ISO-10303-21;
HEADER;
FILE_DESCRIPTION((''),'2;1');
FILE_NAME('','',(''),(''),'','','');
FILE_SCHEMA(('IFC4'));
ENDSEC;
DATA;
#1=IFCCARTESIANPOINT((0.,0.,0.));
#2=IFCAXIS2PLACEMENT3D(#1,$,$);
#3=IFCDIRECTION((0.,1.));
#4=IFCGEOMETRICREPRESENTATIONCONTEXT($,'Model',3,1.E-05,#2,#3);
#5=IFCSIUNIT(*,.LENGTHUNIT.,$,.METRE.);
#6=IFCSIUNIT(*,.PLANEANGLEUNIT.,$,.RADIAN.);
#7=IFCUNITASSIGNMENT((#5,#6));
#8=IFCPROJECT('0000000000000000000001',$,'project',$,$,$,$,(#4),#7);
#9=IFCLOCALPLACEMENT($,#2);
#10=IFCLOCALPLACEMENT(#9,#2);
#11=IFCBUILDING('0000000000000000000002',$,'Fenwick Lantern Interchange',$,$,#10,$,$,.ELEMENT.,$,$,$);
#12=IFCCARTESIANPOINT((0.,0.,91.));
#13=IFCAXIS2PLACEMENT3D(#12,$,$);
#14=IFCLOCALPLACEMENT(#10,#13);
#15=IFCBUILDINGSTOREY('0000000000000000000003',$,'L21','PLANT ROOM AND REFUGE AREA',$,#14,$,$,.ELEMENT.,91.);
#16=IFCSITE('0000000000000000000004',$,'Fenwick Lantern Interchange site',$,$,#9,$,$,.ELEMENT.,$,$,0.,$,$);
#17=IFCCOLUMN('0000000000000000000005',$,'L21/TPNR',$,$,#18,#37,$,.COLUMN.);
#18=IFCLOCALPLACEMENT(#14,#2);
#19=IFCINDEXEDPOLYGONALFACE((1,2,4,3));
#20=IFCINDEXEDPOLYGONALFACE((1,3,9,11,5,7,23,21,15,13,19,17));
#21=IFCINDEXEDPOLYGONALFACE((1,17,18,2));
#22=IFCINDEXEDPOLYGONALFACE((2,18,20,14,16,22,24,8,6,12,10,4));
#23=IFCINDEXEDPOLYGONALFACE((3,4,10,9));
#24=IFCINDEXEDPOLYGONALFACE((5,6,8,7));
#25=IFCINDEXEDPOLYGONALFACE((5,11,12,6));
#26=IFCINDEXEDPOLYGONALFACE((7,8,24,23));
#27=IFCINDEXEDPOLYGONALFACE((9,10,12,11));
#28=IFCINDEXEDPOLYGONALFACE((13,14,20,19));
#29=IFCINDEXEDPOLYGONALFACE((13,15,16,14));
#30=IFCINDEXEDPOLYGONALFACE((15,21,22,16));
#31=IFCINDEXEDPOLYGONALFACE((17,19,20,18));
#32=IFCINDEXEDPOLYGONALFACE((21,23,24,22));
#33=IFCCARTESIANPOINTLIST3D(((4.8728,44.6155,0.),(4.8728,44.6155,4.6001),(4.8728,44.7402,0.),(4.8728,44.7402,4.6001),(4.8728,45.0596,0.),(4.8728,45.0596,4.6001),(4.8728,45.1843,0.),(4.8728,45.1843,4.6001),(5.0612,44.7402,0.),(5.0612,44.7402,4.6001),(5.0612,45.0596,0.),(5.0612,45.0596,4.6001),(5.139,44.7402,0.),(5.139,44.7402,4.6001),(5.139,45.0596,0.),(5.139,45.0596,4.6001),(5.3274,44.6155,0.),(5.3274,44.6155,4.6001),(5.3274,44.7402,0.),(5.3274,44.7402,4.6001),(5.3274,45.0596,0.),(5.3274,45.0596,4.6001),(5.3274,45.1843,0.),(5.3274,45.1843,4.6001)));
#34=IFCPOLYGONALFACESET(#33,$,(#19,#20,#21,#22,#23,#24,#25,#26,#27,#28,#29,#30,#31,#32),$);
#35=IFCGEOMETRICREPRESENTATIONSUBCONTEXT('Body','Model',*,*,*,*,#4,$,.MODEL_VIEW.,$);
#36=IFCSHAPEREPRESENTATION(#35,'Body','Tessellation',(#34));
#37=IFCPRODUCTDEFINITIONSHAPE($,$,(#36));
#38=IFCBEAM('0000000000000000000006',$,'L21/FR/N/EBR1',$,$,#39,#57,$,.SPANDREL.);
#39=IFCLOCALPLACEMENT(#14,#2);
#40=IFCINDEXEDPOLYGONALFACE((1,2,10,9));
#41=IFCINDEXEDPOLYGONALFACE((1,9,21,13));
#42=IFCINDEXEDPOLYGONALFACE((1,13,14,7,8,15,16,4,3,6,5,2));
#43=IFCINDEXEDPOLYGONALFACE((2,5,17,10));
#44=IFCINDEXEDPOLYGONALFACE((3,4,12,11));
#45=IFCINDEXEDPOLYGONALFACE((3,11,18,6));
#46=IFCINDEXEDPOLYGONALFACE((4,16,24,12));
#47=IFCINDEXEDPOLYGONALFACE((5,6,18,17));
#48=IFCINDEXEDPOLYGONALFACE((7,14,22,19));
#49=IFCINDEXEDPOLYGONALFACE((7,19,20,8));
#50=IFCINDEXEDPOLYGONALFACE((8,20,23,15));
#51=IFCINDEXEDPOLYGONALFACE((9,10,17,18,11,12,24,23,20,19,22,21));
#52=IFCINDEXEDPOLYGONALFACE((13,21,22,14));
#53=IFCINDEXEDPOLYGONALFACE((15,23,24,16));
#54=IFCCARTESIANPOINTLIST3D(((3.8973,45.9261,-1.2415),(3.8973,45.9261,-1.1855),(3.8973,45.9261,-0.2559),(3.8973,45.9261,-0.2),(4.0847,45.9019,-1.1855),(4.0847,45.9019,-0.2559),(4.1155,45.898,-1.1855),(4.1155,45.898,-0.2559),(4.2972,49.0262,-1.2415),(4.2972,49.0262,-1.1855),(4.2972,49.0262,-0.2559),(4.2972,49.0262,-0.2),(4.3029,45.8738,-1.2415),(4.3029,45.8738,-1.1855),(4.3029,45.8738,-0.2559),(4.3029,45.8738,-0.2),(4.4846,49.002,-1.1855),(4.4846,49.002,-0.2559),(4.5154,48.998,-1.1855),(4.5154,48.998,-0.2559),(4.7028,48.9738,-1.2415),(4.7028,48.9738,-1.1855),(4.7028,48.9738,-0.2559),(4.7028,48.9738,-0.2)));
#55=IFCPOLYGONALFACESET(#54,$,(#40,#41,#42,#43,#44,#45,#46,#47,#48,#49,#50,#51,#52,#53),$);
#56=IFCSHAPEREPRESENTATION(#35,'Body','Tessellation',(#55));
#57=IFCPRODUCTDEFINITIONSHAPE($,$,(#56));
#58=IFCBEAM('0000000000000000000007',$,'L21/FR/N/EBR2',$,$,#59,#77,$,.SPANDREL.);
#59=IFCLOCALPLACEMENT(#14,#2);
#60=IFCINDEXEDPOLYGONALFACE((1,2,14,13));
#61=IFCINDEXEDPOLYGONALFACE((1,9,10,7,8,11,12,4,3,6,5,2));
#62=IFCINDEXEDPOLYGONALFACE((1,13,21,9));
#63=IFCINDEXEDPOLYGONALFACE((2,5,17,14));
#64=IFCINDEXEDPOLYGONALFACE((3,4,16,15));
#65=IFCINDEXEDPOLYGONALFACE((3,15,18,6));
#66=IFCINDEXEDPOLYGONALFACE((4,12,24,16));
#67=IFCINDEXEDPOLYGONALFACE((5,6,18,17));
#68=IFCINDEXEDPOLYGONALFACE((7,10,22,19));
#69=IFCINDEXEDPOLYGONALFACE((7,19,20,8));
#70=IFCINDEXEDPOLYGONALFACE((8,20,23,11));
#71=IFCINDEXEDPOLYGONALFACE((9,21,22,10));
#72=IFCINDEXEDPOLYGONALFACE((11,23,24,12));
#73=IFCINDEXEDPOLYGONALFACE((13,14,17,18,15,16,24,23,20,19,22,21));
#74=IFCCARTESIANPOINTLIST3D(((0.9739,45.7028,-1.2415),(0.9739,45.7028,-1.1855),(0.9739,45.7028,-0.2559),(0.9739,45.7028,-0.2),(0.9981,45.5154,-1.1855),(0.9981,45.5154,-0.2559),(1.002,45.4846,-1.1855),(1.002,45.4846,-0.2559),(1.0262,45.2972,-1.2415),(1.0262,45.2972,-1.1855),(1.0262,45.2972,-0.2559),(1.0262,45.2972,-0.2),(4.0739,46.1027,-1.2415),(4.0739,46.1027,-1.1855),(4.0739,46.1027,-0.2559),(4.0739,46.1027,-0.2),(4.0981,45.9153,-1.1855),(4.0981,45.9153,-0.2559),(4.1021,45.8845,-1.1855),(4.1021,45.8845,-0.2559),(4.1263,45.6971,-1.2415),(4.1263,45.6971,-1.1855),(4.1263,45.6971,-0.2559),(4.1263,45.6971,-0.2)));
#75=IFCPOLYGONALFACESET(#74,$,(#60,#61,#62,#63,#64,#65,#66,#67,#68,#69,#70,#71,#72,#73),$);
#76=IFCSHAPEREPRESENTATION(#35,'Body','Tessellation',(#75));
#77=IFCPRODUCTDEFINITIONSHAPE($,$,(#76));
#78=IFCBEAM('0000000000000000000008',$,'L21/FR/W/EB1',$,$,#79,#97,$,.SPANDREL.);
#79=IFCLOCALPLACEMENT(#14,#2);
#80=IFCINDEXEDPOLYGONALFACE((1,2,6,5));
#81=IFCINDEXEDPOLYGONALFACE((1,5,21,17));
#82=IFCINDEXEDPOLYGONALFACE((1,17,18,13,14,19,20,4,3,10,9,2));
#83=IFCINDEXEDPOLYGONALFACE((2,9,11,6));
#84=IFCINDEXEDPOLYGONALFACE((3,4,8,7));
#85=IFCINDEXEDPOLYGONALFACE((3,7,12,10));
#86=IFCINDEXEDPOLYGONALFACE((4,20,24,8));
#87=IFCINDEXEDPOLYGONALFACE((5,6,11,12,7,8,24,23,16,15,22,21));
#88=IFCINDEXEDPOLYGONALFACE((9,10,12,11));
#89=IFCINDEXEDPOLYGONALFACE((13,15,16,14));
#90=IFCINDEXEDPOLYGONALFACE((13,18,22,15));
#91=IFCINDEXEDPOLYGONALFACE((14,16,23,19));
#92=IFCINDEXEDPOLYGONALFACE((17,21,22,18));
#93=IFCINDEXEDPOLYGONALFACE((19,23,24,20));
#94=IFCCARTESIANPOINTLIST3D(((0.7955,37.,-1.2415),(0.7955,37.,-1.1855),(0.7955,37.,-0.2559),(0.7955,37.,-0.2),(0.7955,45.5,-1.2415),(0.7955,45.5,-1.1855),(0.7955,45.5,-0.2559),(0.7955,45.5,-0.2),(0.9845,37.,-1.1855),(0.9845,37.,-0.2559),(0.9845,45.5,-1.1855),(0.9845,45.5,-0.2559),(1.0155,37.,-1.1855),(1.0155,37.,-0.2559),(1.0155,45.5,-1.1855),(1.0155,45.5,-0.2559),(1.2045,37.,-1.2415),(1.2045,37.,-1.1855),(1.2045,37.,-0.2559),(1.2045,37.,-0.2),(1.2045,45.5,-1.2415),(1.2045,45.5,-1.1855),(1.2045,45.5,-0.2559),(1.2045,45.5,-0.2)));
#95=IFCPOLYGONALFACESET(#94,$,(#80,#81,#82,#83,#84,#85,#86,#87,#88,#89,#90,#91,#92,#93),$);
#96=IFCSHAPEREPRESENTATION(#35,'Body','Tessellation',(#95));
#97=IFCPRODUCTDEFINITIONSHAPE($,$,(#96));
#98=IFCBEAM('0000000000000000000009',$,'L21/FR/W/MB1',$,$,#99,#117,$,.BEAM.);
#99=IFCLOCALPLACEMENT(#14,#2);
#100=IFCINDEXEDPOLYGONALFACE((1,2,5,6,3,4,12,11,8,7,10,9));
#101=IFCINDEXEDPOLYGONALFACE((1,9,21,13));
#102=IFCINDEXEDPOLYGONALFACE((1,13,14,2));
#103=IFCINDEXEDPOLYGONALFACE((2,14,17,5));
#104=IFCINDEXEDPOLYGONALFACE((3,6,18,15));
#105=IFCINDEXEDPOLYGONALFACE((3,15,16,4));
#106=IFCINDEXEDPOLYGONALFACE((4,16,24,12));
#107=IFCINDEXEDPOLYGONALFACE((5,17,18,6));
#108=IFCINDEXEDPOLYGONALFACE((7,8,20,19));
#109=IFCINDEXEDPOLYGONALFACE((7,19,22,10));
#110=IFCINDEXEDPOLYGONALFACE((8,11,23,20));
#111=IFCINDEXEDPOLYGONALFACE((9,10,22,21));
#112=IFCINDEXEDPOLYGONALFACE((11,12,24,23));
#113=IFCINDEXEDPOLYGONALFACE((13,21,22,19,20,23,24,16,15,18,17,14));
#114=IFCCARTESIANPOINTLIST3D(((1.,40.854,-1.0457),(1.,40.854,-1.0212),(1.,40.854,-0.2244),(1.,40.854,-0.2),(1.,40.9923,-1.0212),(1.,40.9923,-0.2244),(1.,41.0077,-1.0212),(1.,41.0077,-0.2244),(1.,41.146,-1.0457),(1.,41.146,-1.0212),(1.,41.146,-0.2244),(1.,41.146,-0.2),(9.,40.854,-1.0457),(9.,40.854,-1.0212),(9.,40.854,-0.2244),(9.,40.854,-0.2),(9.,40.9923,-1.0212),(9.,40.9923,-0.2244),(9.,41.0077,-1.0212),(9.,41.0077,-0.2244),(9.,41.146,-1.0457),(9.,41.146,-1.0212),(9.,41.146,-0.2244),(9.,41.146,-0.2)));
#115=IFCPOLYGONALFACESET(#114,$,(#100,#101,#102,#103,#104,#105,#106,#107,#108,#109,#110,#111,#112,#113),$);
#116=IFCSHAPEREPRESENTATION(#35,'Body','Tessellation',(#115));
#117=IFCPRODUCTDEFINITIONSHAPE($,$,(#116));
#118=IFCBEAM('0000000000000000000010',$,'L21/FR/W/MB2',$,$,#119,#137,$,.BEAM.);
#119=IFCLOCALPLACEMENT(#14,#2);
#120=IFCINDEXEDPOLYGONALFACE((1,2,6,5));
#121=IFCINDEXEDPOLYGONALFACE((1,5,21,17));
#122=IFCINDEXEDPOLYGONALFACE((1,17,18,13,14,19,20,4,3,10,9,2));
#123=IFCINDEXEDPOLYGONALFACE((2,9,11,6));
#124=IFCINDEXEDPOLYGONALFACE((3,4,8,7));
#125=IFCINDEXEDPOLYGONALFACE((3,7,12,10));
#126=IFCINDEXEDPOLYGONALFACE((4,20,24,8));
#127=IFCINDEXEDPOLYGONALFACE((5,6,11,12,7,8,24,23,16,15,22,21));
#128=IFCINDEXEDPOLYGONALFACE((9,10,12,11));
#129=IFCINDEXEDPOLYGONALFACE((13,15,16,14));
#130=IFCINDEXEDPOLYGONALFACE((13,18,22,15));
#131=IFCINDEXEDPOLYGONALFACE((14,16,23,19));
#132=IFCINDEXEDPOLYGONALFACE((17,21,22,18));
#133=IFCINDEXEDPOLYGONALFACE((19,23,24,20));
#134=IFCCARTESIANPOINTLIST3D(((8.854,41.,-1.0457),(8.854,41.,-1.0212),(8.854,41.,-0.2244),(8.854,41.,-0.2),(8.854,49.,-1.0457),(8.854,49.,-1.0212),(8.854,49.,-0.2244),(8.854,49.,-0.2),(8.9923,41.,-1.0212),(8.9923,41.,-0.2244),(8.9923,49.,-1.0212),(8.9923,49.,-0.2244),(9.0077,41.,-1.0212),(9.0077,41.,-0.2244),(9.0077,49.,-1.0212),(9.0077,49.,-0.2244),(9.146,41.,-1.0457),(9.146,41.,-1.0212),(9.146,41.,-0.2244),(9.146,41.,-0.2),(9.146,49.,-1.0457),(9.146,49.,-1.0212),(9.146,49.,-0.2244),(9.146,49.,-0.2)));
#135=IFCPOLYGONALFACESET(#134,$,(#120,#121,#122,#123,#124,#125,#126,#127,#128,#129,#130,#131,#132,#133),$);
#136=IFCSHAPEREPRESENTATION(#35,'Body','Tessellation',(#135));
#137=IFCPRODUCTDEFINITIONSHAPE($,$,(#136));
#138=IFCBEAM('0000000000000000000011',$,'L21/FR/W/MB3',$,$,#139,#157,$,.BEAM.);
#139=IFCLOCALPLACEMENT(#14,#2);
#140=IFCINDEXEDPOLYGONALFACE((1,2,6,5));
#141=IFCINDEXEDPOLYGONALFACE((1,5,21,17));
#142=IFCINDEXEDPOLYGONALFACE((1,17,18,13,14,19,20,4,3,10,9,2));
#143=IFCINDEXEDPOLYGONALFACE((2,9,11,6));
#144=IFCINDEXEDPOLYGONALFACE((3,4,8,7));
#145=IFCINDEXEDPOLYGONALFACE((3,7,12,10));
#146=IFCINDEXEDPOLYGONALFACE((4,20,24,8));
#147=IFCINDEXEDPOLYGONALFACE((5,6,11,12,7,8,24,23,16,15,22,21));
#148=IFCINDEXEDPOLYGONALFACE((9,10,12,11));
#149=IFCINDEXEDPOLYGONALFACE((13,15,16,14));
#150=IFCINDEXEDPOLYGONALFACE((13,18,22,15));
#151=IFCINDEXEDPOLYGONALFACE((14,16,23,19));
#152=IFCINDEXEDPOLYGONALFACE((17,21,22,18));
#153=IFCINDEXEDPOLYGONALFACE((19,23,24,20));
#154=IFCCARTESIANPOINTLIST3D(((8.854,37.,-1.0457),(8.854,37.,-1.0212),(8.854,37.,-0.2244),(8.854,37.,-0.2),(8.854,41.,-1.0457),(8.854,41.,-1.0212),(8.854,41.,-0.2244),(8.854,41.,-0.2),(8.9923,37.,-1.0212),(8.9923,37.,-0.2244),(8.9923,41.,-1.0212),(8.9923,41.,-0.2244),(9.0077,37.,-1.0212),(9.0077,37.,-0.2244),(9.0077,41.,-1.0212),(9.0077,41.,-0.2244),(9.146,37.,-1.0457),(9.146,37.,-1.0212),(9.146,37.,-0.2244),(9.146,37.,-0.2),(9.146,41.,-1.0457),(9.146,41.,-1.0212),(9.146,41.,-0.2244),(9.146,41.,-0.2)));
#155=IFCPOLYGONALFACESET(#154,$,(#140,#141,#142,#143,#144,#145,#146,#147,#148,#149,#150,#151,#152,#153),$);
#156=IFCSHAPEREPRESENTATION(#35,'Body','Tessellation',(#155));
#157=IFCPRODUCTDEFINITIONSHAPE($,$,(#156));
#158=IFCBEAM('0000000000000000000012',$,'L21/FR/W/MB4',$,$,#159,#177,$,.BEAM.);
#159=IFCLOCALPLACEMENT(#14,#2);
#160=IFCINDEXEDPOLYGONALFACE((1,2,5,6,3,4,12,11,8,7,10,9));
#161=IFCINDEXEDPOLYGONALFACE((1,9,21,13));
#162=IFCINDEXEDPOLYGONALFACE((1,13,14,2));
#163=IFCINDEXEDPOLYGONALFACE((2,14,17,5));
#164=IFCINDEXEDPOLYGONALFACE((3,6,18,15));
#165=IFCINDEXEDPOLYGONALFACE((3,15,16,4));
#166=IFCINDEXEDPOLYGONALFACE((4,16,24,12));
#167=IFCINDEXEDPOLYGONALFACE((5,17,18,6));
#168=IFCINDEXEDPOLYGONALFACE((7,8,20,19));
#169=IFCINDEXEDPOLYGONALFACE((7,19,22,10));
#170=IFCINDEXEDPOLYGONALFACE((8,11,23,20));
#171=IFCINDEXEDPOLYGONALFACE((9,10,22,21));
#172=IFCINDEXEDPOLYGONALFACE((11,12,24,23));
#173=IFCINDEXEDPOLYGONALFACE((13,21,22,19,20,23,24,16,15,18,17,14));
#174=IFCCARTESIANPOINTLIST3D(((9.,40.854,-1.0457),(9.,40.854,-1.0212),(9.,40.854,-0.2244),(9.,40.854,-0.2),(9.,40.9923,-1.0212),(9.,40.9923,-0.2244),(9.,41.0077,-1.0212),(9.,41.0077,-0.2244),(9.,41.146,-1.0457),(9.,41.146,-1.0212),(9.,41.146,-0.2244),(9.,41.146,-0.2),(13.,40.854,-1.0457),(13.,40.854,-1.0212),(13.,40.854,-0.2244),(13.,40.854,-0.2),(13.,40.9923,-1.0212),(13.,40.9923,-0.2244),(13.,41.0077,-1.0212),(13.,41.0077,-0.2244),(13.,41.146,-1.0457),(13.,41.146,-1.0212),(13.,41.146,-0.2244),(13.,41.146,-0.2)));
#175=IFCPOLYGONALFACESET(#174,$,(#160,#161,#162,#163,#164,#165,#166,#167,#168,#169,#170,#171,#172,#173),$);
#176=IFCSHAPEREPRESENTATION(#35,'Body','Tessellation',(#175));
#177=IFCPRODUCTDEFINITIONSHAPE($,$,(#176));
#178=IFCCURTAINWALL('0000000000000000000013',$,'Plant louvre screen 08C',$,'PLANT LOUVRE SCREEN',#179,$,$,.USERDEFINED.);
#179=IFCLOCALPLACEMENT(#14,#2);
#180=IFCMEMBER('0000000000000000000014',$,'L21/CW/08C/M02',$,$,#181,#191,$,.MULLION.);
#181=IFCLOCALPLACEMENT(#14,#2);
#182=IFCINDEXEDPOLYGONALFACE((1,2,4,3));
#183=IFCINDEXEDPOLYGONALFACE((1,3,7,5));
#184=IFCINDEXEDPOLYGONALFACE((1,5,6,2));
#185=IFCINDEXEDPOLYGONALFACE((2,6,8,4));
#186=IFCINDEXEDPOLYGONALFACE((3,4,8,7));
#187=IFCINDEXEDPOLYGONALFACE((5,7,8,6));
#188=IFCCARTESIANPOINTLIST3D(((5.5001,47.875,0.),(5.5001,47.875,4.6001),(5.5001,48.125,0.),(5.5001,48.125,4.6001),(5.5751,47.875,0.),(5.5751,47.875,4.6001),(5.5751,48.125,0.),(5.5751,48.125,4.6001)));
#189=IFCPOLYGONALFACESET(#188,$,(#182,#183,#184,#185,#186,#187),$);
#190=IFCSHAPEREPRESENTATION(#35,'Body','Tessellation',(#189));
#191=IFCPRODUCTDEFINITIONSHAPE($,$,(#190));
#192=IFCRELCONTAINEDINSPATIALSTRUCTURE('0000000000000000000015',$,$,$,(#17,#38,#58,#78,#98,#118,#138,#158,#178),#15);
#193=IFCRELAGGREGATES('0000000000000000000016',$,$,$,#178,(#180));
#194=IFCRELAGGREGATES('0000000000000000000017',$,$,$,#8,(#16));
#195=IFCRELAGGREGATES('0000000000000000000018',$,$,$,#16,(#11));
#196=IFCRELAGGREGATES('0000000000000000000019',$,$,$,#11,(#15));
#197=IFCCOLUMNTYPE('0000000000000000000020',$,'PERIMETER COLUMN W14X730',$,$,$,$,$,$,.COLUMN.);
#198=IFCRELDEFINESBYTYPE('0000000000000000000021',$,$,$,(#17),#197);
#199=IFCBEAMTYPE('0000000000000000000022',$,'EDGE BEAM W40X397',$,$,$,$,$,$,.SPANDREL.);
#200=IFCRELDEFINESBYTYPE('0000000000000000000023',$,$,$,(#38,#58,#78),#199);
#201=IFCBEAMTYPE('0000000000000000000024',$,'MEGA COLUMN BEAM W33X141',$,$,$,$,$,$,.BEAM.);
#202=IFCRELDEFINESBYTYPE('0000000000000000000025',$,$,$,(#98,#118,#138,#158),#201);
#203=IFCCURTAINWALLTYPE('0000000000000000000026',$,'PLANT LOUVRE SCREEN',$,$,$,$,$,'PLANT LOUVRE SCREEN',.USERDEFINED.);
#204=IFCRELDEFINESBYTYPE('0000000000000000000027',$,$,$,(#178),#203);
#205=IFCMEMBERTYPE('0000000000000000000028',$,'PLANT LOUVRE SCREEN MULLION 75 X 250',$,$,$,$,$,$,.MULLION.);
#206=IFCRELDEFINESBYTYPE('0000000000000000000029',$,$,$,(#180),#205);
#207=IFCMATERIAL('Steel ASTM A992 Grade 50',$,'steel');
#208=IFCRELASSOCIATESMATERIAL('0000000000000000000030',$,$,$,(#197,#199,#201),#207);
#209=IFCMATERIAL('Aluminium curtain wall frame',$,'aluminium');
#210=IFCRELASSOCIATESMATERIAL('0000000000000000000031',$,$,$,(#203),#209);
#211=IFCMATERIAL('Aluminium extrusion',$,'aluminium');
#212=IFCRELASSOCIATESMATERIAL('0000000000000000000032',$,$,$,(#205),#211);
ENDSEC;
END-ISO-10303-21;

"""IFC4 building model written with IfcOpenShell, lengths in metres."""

from ifc_helpers import new_model, si_unit, direction, frame, origin, origin_2d, place, context, subcontext, project, spatial, rectangle, i_section, extrude, material, material_profile, profile_set, type_object, element, aggregate, save


model = new_model("IFC4")

# Units and contexts
model_context = context("Model", 3, precision=1e-05, world=origin(), true_north=direction((0.0, 1.0)))
body_context = subcontext(model_context, "Body", "Model", "MODEL_VIEW")
ifc_project = project(units=[si_unit("LENGTHUNIT", "METRE"), si_unit("PLANEANGLEUNIT", "RADIAN")], contexts=[model_context])

# Site, building, storey
site_placement = place(None, origin())
site = spatial("IfcSite", under=ifc_project, at=site_placement, Name="Fenwick Lantern Interchange site", CompositionType="ELEMENT", RefElevation=0.0)
building_placement = place(site_placement, origin())
building = spatial("IfcBuilding", under=site, at=building_placement, Name="Fenwick Lantern Interchange", CompositionType="ELEMENT")
storey_placement = place(building_placement, frame((0.0, 0.0, 91.0)))
storey = spatial("IfcBuildingStorey", under=building, at=storey_placement, Name="L21", Description="PLANT ROOM AND REFUGE AREA", CompositionType="ELEMENT", Elevation=91.0)

# Column
ifc_material_1 = material(Name="Steel ASTM A992 Grade 50", Category="steel")
ifc_material_profile_1 = material_profile(ifc_material_1, i_section(OverallWidth=0.4546, OverallDepth=0.5688, WebThickness=0.0779, FlangeThickness=0.1248, at=origin_2d()), Name="W14X730")
ifc_profile_set_1 = profile_set([ifc_material_profile_1], Name="Steel ASTM A992 Grade 50")
column_type = type_object("IfcColumnType", Name="PERIMETER COLUMN W14X730", PredefinedType="COLUMN", material=ifc_profile_set_1)
column_placement = place(storey_placement, frame((5.1001, 44.8999, 0.0), z_axis=(0.0, 0.0, 1.0), x_axis=(1.0, 0.0, 0.0)))
element("IfcColumn", 1, at=column_placement, inside=storey, type_object=column_type, Name="L21/TPNR", PredefinedType="COLUMN", context=body_context, shape_type="SweptSolid", body=[
    extrude(i_section(OverallWidth=0.4546, OverallDepth=0.5688, WebThickness=0.0779, FlangeThickness=0.1248, at=origin_2d()), origin(), (0.0, 0.0, 1.0), 4.6001),
])

# Beams
ifc_material_profile_2 = material_profile(ifc_material_1, i_section(OverallWidth=0.4089, OverallDepth=1.0415, WebThickness=0.031, FlangeThickness=0.0559, at=origin_2d()), Name="W40X397")
ifc_profile_set_2 = profile_set([ifc_material_profile_2], Name="Steel ASTM A992 Grade 50")
beam_type_1 = type_object("IfcBeamType", Name="EDGE BEAM W40X397", PredefinedType="SPANDREL", material=ifc_profile_set_2)
for number, where, z_axis, x_axis, name in (
    (2, (4.5, 49.0, -0.7207), (-0.127937, -0.991782, 0.0), (0.991782, -0.127937, 0.0), "L21/FR/N/EBR1"),
    (3, (4.1001, 45.8999, -0.7207), (-0.991782, -0.127937, 0.0), (0.127937, -0.991782, 0.0), "L21/FR/N/EBR2"),
):
    element("IfcBeam", number, at=place(storey_placement, frame(where, z_axis=z_axis, x_axis=x_axis)), inside=storey, type_object=beam_type_1, Name=name, PredefinedType="SPANDREL", context=body_context, shape_type="SweptSolid", body=[
        extrude(i_section(OverallWidth=0.4089, OverallDepth=1.0415, WebThickness=0.031, FlangeThickness=0.0559, at=origin_2d()), origin(), (0.0, 0.0, 1.0), 3.1257),
    ])
beam_placement = place(storey_placement, frame((1.0, 45.5, -0.7207), z_axis=(0.0, -1.0, 0.0), x_axis=(1.0, 0.0, 0.0)))
element("IfcBeam", 4, at=beam_placement, inside=storey, type_object=beam_type_1, Name="L21/FR/W/EB1", PredefinedType="SPANDREL", context=body_context, shape_type="SweptSolid", body=[
    extrude(i_section(OverallWidth=0.4089, OverallDepth=1.0415, WebThickness=0.031, FlangeThickness=0.0559, at=origin_2d()), origin(), (0.0, 0.0, 1.0), 8.5),
])
ifc_material_profile_3 = material_profile(ifc_material_1, i_section(OverallWidth=0.292, OverallDepth=0.8457, WebThickness=0.0154, FlangeThickness=0.0244, at=origin_2d()), Name="W33X141")
ifc_profile_set_3 = profile_set([ifc_material_profile_3], Name="Steel ASTM A992 Grade 50")
beam_type_2 = type_object("IfcBeamType", Name="MEGA COLUMN BEAM W33X141", PredefinedType="BEAM", material=ifc_profile_set_3)
for number, where, z_axis, x_axis, name in (
    (5, (9.0, 41.0, -0.6228), (-1.0, 0.0, 0.0), (0.0, -1.0, 0.0), "L21/FR/W/MB1"),
    (6, (9.0, 41.0, -0.6228), (0.0, 1.0, 0.0), (-1.0, 0.0, 0.0), "L21/FR/W/MB2"),
):
    element("IfcBeam", number, at=place(storey_placement, frame(where, z_axis=z_axis, x_axis=x_axis)), inside=storey, type_object=beam_type_2, Name=name, PredefinedType="BEAM", context=body_context, shape_type="SweptSolid", body=[
        extrude(i_section(OverallWidth=0.292, OverallDepth=0.8457, WebThickness=0.0154, FlangeThickness=0.0244, at=origin_2d()), origin(), (0.0, 0.0, 1.0), 8.0),
    ])
for number, where, z_axis, x_axis, name in (
    (7, (9.0, 41.0, -0.6228), (0.0, -1.0, 0.0), (1.0, 0.0, 0.0), "L21/FR/W/MB3"),
    (8, (9.0, 41.0, -0.6228), (1.0, 0.0, 0.0), (0.0, 1.0, 0.0), "L21/FR/W/MB4"),
):
    element("IfcBeam", number, at=place(storey_placement, frame(where, z_axis=z_axis, x_axis=x_axis)), inside=storey, type_object=beam_type_2, Name=name, PredefinedType="BEAM", context=body_context, shape_type="SweptSolid", body=[
        extrude(i_section(OverallWidth=0.292, OverallDepth=0.8457, WebThickness=0.0154, FlangeThickness=0.0244, at=origin_2d()), origin(), (0.0, 0.0, 1.0), 4.0),
    ])

# Curtain wall, member
ifc_material_2 = material(Name="Aluminium curtain wall frame", Category="aluminium")
curtain_wall_type = type_object("IfcCurtainWallType", Name="PLANT LOUVRE SCREEN", ElementType="PLANT LOUVRE SCREEN", PredefinedType="USERDEFINED", material=ifc_material_2)
curtain_wall_1_placement = place(storey_placement, origin())
curtain_wall_1 = element("IfcCurtainWall", 9, at=curtain_wall_1_placement, inside=storey, type_object=curtain_wall_type, Name="Plant louvre screen 08C", ObjectType="PLANT LOUVRE SCREEN", PredefinedType="USERDEFINED")
ifc_material_3 = material(Name="Aluminium extrusion", Category="aluminium")
ifc_material_profile_4 = material_profile(ifc_material_3, rectangle(XDim=0.25, YDim=0.075, at=origin_2d()), Name="PLANT LOUVRE SCREEN MULLION 75 X 250")
ifc_profile_set_4 = profile_set([ifc_material_profile_4], Name="Aluminium extrusion")
member_type_1 = type_object("IfcMemberType", Name="PLANT LOUVRE SCREEN MULLION 75 X 250", PredefinedType="MULLION", material=ifc_profile_set_4)
member_1_placement = place(storey_placement, frame((5.5376, 48.0, 0.0), z_axis=(0.0, 0.0, 1.0), x_axis=(0.0, -1.0, 0.0)))
member_1 = element("IfcMember", 10, at=member_1_placement, type_object=member_type_1, Name="L21/CW/08C/M02", PredefinedType="MULLION", context=body_context, shape_type="SweptSolid", body=[
    extrude(rectangle(XDim=0.25, YDim=0.075, at=origin_2d()), origin(), (0.0, 0.0, 1.0), 4.6001),
])

aggregate(curtain_wall_1, [member_1])

save(model, "model.ifc")
